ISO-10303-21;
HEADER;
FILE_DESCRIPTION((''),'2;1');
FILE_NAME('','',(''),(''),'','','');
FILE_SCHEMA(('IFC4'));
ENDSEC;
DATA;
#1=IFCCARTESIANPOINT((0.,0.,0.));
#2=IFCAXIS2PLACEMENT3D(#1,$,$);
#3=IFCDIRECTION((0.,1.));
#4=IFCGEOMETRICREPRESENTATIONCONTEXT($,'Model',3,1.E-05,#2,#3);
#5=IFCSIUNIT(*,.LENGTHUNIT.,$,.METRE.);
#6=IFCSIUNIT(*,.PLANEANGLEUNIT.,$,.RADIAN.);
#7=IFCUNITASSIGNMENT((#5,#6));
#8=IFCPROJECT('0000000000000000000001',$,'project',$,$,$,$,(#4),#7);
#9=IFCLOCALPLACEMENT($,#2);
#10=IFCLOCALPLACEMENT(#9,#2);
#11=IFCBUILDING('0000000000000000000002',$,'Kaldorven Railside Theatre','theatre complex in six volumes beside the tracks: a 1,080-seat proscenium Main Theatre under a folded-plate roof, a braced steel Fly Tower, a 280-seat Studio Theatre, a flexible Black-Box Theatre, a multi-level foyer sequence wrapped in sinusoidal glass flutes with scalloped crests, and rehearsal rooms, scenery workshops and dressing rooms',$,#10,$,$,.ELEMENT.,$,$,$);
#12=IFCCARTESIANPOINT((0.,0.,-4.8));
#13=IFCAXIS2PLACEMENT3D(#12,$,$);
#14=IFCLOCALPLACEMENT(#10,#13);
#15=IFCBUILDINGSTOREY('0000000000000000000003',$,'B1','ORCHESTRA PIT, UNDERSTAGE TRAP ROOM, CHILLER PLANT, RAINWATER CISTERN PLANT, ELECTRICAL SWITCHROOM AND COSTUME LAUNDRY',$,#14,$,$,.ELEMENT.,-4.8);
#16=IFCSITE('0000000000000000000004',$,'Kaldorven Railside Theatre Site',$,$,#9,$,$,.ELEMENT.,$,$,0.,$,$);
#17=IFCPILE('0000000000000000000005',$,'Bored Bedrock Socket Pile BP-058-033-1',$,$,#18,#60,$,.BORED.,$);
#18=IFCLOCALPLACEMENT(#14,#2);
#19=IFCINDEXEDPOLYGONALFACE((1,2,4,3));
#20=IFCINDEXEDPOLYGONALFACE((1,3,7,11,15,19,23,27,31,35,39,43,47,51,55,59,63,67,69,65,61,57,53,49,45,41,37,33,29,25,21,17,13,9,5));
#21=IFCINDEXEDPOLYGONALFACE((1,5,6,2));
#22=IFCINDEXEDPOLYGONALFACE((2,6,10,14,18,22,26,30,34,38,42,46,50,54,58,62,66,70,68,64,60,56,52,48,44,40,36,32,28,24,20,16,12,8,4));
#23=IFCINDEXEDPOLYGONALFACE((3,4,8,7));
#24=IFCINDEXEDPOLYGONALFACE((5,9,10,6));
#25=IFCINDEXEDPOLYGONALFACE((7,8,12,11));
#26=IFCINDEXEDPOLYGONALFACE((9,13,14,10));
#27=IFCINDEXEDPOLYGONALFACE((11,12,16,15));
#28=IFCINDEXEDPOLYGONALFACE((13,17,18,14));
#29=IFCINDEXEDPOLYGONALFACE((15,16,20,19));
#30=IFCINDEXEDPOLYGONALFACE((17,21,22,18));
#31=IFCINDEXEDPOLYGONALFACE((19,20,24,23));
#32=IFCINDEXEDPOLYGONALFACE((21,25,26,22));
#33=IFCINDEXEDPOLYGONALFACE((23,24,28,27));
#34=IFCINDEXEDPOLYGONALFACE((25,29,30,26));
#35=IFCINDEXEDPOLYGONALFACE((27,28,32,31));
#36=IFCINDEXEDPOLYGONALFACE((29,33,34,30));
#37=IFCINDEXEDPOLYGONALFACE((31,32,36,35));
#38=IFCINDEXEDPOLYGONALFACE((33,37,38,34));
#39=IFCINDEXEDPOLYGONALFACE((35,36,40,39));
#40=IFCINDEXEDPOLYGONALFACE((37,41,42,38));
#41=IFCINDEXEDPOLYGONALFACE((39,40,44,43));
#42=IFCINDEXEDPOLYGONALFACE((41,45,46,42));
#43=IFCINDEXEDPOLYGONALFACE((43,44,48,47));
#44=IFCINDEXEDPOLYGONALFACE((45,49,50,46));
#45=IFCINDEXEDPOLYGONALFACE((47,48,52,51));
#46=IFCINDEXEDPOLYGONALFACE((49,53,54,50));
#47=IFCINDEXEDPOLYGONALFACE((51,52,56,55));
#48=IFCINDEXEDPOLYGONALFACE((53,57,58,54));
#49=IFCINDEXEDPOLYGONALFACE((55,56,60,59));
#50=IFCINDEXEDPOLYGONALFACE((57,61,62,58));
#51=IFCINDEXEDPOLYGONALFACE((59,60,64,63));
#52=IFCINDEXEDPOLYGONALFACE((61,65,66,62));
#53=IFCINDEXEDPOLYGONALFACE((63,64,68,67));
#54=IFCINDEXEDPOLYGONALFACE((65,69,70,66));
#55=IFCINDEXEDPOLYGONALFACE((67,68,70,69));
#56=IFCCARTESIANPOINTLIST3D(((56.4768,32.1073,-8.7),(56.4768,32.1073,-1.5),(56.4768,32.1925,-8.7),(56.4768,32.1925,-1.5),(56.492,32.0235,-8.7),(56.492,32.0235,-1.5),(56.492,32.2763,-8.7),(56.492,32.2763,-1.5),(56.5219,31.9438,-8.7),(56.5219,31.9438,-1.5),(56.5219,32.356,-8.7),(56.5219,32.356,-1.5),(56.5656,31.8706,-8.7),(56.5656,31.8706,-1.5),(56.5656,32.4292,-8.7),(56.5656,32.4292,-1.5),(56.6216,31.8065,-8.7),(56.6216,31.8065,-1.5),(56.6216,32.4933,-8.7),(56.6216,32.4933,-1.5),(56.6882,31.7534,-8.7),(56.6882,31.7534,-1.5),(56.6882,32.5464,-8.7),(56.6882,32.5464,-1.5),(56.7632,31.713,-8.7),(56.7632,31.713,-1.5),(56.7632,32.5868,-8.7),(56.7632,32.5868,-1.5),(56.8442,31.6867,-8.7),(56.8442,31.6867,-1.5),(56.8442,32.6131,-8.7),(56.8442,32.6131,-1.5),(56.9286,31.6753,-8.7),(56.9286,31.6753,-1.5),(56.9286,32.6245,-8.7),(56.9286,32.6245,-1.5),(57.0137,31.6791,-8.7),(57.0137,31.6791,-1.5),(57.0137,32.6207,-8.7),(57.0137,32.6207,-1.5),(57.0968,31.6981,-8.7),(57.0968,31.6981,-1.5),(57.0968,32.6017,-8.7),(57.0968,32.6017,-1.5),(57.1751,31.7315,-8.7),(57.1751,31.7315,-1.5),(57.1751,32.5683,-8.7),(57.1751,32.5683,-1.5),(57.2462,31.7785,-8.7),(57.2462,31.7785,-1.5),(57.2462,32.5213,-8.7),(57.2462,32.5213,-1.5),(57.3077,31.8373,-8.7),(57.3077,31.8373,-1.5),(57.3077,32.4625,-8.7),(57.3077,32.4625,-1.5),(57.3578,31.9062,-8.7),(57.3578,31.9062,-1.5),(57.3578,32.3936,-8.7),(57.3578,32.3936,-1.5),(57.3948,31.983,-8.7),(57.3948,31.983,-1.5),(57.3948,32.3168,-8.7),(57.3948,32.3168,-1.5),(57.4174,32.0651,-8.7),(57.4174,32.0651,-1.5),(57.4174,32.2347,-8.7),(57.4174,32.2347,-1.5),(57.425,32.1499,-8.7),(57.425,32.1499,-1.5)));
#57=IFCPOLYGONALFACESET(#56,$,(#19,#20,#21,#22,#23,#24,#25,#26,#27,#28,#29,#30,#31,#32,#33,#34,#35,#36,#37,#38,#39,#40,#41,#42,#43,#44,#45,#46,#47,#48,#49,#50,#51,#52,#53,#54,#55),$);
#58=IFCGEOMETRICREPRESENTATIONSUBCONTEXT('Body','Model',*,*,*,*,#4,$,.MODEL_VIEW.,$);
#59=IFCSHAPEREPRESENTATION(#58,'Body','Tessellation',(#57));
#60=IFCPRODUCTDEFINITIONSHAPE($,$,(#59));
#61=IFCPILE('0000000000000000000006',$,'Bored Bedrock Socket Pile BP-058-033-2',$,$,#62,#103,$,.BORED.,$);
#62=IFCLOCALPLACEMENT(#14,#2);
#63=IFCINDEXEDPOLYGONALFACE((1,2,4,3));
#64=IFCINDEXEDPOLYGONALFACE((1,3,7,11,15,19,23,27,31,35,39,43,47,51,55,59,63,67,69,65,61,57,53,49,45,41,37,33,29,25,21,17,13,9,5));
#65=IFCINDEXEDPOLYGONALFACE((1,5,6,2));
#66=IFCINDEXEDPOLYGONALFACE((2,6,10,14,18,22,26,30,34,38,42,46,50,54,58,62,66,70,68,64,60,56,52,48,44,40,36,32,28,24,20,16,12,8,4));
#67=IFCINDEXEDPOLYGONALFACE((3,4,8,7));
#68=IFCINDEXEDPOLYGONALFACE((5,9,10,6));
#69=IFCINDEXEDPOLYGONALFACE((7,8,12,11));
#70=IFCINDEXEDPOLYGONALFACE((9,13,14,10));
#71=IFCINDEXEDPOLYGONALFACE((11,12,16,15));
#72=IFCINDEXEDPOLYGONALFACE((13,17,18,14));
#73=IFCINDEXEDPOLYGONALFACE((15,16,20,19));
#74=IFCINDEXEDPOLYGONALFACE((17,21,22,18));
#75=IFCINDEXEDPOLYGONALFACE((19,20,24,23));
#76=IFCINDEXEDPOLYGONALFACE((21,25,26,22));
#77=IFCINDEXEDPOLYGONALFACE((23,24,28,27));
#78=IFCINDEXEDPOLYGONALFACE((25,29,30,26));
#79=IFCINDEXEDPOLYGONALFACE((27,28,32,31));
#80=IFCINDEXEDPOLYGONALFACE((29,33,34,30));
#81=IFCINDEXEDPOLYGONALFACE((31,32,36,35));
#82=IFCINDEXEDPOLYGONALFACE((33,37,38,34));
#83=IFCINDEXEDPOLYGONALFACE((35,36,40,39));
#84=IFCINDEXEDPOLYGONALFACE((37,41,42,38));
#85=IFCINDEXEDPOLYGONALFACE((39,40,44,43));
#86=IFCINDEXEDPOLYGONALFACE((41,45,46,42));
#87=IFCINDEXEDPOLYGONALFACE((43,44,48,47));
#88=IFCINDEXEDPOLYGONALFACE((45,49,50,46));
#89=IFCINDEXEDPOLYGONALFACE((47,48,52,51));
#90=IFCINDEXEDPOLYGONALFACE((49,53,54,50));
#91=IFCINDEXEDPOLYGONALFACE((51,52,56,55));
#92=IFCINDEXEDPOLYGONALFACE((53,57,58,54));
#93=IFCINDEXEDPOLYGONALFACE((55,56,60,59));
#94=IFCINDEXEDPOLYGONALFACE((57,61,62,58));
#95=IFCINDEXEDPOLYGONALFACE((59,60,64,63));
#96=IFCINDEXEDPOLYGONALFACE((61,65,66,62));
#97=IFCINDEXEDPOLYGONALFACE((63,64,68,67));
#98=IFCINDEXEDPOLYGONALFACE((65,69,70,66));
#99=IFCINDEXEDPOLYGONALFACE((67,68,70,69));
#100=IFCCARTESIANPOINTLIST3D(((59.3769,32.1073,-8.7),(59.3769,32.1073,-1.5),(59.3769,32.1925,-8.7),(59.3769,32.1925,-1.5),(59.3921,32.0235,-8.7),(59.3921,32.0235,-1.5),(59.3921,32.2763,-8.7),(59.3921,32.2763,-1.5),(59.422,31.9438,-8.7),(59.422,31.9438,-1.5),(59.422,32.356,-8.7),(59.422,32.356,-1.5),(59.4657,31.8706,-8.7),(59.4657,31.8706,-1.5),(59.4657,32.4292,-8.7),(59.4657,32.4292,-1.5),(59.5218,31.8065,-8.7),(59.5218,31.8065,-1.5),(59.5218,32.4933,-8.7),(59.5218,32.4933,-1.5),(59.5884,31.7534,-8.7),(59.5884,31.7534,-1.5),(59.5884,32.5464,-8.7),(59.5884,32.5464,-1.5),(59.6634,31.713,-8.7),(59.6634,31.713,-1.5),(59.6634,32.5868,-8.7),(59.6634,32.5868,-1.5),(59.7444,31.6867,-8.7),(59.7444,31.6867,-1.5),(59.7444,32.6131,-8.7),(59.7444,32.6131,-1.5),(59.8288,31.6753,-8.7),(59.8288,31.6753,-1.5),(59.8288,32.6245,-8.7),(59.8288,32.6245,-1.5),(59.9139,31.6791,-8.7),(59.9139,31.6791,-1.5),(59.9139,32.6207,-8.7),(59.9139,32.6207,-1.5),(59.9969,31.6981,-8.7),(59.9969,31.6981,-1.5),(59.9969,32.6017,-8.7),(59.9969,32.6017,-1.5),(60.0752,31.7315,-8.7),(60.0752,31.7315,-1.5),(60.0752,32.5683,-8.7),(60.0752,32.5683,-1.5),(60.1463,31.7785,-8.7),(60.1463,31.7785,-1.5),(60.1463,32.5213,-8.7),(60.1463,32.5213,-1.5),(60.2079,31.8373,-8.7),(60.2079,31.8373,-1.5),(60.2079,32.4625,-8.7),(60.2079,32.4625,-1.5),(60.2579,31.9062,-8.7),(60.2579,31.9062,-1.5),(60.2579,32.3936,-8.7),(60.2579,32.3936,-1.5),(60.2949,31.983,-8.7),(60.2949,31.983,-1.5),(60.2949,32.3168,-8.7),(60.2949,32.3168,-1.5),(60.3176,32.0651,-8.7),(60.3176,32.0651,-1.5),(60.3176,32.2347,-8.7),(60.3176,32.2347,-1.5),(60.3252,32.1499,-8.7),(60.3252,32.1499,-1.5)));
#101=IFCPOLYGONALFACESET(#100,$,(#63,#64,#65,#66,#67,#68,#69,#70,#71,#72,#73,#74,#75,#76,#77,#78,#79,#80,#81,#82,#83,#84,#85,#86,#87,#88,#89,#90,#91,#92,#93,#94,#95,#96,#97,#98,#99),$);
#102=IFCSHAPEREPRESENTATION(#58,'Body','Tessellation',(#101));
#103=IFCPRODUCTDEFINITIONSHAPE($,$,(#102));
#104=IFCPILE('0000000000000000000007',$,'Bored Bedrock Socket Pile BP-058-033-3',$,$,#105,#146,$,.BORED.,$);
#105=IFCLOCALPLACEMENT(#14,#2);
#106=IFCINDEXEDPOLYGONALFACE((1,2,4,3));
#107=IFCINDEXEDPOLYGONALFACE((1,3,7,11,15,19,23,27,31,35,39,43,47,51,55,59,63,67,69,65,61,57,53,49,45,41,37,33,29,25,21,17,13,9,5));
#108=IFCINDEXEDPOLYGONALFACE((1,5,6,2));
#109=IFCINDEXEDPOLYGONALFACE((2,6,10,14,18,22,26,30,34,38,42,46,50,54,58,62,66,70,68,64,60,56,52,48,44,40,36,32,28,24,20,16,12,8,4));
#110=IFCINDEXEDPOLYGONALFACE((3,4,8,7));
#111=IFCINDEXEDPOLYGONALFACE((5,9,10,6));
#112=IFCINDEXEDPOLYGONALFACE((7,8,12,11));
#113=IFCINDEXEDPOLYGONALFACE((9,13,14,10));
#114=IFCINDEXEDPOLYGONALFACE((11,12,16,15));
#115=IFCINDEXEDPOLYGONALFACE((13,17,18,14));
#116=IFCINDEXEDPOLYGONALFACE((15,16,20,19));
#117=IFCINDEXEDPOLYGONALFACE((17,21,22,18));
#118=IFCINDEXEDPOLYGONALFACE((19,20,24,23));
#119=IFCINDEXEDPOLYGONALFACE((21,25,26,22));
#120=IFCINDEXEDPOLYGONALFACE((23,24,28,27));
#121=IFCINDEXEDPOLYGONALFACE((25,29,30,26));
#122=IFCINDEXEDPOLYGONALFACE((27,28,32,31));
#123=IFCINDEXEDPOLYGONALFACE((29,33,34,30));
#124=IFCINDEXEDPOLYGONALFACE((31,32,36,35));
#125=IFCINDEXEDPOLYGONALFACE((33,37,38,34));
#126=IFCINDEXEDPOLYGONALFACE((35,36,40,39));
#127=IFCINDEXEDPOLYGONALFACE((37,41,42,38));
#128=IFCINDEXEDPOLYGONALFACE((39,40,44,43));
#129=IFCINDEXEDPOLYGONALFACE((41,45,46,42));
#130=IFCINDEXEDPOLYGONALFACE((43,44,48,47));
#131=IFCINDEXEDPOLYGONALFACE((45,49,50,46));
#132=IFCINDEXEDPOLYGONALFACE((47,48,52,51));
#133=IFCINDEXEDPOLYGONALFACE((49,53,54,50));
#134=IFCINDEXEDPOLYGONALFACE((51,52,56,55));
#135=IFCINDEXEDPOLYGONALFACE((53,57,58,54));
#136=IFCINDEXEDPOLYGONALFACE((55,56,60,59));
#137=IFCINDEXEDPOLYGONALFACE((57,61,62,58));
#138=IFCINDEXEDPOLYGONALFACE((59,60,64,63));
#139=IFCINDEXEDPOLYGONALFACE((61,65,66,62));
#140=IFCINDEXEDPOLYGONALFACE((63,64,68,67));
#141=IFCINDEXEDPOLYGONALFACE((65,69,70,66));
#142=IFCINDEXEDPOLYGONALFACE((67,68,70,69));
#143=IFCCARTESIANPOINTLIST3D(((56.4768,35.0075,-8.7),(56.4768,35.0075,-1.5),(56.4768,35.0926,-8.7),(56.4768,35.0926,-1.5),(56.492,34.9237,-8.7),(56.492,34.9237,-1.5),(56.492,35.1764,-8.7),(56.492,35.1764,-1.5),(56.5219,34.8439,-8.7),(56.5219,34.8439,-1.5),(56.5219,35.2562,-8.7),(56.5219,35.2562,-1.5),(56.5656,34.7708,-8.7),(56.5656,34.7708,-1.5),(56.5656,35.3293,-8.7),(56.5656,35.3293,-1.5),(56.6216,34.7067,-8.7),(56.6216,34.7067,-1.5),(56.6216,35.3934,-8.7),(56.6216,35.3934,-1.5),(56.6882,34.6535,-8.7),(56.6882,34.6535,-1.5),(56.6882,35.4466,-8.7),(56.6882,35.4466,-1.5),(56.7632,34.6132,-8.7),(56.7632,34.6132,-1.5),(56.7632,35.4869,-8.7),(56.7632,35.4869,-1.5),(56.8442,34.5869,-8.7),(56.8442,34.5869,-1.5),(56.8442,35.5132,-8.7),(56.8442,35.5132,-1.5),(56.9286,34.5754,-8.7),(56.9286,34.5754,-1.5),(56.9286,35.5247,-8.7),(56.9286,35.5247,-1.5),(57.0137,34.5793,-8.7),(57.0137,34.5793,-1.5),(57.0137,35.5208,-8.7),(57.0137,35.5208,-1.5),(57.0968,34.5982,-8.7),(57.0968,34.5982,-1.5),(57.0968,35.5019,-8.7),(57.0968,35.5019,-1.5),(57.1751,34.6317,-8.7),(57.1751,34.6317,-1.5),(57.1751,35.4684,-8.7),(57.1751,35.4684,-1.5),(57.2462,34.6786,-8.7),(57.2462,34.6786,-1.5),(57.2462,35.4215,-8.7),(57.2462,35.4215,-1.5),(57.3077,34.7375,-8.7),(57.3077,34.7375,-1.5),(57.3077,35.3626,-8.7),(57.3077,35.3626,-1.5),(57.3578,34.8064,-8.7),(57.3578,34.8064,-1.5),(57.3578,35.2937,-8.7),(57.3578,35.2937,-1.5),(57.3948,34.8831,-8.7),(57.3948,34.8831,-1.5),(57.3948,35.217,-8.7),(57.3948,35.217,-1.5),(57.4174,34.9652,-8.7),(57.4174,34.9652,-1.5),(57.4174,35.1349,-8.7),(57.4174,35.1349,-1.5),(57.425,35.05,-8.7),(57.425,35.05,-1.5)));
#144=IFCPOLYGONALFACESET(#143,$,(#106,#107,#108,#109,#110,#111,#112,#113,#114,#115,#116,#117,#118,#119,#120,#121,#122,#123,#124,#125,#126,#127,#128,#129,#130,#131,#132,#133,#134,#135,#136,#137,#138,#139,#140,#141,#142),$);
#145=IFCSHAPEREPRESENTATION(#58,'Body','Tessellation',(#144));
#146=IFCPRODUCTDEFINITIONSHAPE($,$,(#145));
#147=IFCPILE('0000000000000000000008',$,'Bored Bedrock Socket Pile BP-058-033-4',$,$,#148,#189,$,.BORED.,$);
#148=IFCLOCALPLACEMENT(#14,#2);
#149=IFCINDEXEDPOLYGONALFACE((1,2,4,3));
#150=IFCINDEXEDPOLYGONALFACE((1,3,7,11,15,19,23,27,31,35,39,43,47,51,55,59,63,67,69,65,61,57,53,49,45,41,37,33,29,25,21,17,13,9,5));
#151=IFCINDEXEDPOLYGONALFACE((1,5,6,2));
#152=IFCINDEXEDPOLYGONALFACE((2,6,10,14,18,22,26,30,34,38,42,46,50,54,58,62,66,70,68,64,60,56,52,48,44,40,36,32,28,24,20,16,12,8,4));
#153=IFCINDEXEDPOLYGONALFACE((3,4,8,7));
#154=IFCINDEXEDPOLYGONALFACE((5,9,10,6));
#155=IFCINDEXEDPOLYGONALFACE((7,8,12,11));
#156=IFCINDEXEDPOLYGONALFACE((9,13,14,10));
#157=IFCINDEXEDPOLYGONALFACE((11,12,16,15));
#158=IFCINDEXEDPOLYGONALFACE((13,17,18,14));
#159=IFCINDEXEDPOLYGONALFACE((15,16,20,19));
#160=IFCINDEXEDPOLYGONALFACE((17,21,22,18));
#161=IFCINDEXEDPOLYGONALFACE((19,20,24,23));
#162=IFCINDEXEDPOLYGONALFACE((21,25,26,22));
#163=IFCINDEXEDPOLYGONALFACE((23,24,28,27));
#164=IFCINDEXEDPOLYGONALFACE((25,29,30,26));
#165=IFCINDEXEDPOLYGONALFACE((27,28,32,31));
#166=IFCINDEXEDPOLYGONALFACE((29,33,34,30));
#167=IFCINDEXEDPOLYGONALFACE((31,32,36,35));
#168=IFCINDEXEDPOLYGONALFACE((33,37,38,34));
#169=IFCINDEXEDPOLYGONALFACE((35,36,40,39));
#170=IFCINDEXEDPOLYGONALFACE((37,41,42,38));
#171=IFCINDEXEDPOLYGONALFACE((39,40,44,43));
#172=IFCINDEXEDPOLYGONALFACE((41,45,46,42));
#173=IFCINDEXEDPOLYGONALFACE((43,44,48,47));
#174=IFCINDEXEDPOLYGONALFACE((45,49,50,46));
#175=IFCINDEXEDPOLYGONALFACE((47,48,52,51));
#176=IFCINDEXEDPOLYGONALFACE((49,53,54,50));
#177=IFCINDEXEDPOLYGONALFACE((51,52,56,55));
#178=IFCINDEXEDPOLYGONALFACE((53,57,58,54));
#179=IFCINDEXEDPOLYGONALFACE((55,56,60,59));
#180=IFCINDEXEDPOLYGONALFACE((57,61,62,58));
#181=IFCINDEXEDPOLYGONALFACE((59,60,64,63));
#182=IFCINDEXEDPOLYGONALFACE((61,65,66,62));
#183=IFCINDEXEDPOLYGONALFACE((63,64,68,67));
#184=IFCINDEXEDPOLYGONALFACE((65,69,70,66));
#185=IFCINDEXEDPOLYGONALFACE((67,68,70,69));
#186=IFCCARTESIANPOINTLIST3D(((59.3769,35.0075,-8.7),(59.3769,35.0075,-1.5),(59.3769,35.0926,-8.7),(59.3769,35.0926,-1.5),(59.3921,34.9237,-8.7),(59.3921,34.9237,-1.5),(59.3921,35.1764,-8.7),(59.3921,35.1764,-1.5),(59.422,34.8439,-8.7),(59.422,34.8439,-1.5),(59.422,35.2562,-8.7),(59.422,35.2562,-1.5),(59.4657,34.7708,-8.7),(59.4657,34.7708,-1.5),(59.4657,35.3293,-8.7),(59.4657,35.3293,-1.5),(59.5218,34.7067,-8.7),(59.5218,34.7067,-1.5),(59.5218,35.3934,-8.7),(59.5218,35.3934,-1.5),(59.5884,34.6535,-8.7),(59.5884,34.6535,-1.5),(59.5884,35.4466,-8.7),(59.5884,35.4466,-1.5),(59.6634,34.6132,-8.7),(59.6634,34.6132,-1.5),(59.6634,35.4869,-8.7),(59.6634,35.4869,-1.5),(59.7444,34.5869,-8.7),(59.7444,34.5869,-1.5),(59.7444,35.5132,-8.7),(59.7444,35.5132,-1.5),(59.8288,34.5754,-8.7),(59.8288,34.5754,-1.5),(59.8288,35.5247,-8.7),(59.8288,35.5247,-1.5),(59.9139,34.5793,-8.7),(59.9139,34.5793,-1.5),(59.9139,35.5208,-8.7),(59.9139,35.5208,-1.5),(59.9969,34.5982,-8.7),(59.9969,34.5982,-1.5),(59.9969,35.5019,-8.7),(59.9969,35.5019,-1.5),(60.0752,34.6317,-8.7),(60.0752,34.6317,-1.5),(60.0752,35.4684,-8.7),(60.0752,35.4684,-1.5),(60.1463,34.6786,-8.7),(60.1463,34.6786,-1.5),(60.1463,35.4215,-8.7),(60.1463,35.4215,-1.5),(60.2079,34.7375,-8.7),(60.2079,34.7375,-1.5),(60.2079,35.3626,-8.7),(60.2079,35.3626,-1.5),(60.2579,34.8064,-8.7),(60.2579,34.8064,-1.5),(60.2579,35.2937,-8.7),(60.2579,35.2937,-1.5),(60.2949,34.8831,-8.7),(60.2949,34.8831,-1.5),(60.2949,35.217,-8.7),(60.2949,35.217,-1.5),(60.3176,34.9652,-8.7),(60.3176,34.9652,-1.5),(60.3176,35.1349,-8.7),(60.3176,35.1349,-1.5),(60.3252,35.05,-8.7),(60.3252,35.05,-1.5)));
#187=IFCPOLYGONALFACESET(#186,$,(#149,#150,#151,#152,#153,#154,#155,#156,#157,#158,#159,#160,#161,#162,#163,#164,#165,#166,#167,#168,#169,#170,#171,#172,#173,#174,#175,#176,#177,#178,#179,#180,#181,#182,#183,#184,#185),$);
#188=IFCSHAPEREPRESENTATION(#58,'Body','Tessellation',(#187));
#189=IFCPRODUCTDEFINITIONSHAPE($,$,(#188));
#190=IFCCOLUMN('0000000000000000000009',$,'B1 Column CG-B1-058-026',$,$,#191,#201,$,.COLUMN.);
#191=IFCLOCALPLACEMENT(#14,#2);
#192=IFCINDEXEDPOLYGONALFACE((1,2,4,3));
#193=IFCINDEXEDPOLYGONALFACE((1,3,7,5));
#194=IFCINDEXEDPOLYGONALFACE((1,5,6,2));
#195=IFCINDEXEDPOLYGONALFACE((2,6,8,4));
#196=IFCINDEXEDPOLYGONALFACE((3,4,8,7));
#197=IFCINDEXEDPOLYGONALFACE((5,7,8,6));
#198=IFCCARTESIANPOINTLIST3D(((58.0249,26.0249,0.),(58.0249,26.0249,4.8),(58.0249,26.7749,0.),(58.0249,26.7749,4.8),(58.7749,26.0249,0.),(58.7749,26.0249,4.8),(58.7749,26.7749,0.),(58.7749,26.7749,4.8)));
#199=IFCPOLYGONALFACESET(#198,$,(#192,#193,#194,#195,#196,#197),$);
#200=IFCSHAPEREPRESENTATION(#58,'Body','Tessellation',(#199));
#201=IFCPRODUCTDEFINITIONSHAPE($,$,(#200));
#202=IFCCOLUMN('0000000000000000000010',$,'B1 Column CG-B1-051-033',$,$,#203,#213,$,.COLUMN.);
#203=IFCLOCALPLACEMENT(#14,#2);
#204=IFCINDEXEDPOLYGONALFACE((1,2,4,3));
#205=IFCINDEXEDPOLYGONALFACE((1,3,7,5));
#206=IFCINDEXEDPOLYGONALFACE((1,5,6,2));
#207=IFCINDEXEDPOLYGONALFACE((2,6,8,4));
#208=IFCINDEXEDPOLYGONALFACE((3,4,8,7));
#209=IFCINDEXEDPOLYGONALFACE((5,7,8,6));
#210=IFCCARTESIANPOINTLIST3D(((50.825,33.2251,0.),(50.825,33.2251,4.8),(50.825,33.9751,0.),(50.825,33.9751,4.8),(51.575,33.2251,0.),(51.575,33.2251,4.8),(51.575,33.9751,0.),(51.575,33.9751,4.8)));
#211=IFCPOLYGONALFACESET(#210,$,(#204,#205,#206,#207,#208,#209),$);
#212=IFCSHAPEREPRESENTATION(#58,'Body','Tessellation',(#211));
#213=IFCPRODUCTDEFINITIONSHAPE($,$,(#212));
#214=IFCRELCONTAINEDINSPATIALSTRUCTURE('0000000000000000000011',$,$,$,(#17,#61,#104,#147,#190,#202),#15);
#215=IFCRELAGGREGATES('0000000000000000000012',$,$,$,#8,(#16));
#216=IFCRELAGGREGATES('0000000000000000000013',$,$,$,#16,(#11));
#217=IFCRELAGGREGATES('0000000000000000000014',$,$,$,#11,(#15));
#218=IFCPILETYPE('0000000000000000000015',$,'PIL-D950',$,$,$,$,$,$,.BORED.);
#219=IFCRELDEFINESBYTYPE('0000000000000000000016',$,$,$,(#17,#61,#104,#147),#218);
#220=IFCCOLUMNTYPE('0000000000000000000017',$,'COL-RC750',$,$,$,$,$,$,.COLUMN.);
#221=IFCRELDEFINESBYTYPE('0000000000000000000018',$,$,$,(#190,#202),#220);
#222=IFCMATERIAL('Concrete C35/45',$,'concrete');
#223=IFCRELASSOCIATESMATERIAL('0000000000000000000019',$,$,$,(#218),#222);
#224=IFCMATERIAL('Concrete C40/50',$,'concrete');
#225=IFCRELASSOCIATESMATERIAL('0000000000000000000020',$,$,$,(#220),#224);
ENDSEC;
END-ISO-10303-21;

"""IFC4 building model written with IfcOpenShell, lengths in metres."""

from ifc_helpers import new_model, si_unit, direction, frame, origin, origin_2d, place, context, subcontext, project, spatial, rectangle, circle, extrude, material, material_profile, profile_set, type_object, element, save


model = new_model("IFC4")

# Units and contexts
model_context = context("Model", 3, precision=1e-05, world=origin(), true_north=direction((0.0, 1.0)))
body_context = subcontext(model_context, "Body", "Model", "MODEL_VIEW")
ifc_project = project(units=[si_unit("LENGTHUNIT", "METRE"), si_unit("PLANEANGLEUNIT", "RADIAN")], contexts=[model_context])

# Site, building, storey
site_placement = place(None, origin())
site = spatial("IfcSite", under=ifc_project, at=site_placement, Name="Kaldorven Railside Theatre Site", CompositionType="ELEMENT", RefElevation=0.0)
building_placement = place(site_placement, origin())
building = spatial("IfcBuilding", under=site, at=building_placement, Name="Kaldorven Railside Theatre", Description="theatre complex in six volumes beside the tracks: a 1,080-seat proscenium Main Theatre under a folded-plate roof, a braced steel Fly Tower, a 280-seat Studio Theatre, a flexible Black-Box Theatre, a multi-level foyer sequence wrapped in sinusoidal glass flutes with scalloped crests, and rehearsal rooms, scenery workshops and dressing rooms", CompositionType="ELEMENT")
storey_placement = place(building_placement, frame((0.0, 0.0, -4.8)))
storey = spatial("IfcBuildingStorey", under=building, at=storey_placement, Name="B1", Description="ORCHESTRA PIT, UNDERSTAGE TRAP ROOM, CHILLER PLANT, RAINWATER CISTERN PLANT, ELECTRICAL SWITCHROOM AND COSTUME LAUNDRY", CompositionType="ELEMENT", Elevation=-4.8)

# Shared definitions
ifc_material_1 = material(Name="Concrete C40/50", Category="concrete")

# Piles
ifc_material_2 = material(Name="Concrete C35/45", Category="concrete")
ifc_material_profile_1 = material_profile(ifc_material_2, circle(Radius=0.4751, at=origin_2d()), Name="BP D950")
ifc_profile_set_1 = profile_set([ifc_material_profile_1], Name="Concrete C35/45")
pile_type_1 = type_object("IfcPileType", Name="PIL-D950", PredefinedType="BORED", material=ifc_profile_set_1)
for number, where, z_axis, x_axis, name in (
    (1, (56.95, 32.1499, -1.5), (0.0, 0.0, -1.0), (1.0, 0.0, 0.0), "Bored Bedrock Socket Pile BP-058-033-1"),
    (2, (59.8501, 32.1499, -1.5), (0.0, 0.0, -1.0), (1.0, 0.0, 0.0), "Bored Bedrock Socket Pile BP-058-033-2"),
    (3, (56.95, 35.05, -1.5), (0.0, 0.0, -1.0), (1.0, 0.0, 0.0), "Bored Bedrock Socket Pile BP-058-033-3"),
    (4, (59.8501, 35.05, -1.5), (0.0, 0.0, -1.0), (1.0, 0.0, 0.0), "Bored Bedrock Socket Pile BP-058-033-4"),
):
    element("IfcPile", number, at=place(storey_placement, frame(where, z_axis=z_axis, x_axis=x_axis)), inside=storey, type_object=pile_type_1, Name=name, PredefinedType="BORED", context=body_context, shape_type="SweptSolid", body=[
        extrude(circle(Radius=0.4751, at=origin_2d()), origin(), (0.0, 0.0, 1.0), 7.2),
    ])

# Columns
ifc_material_profile_2 = material_profile(ifc_material_1, rectangle(XDim=0.75, YDim=0.75, at=origin_2d()), Name="RC 750x750")
ifc_profile_set_2 = profile_set([ifc_material_profile_2], Name="Concrete C40/50")
column_type = type_object("IfcColumnType", Name="COL-RC750", PredefinedType="COLUMN", material=ifc_profile_set_2)
for number, where, z_axis, x_axis, name in (
    (5, (58.3999, 26.3999, 0.0), (0.0, 0.0, 1.0), (1.0, 0.0, 0.0), "B1 Column CG-B1-058-026"),
    (6, (51.2, 33.6001, 0.0), (0.0, 0.0, 1.0), (1.0, 0.0, 0.0), "B1 Column CG-B1-051-033"),
):
    element("IfcColumn", number, at=place(storey_placement, frame(where, z_axis=z_axis, x_axis=x_axis)), inside=storey, type_object=column_type, Name=name, PredefinedType="COLUMN", context=body_context, shape_type="SweptSolid", body=[
        extrude(rectangle(XDim=0.75, YDim=0.75, at=origin_2d()), origin(), (0.0, 0.0, 1.0), 4.8),
    ])

save(model, "model.ifc")
